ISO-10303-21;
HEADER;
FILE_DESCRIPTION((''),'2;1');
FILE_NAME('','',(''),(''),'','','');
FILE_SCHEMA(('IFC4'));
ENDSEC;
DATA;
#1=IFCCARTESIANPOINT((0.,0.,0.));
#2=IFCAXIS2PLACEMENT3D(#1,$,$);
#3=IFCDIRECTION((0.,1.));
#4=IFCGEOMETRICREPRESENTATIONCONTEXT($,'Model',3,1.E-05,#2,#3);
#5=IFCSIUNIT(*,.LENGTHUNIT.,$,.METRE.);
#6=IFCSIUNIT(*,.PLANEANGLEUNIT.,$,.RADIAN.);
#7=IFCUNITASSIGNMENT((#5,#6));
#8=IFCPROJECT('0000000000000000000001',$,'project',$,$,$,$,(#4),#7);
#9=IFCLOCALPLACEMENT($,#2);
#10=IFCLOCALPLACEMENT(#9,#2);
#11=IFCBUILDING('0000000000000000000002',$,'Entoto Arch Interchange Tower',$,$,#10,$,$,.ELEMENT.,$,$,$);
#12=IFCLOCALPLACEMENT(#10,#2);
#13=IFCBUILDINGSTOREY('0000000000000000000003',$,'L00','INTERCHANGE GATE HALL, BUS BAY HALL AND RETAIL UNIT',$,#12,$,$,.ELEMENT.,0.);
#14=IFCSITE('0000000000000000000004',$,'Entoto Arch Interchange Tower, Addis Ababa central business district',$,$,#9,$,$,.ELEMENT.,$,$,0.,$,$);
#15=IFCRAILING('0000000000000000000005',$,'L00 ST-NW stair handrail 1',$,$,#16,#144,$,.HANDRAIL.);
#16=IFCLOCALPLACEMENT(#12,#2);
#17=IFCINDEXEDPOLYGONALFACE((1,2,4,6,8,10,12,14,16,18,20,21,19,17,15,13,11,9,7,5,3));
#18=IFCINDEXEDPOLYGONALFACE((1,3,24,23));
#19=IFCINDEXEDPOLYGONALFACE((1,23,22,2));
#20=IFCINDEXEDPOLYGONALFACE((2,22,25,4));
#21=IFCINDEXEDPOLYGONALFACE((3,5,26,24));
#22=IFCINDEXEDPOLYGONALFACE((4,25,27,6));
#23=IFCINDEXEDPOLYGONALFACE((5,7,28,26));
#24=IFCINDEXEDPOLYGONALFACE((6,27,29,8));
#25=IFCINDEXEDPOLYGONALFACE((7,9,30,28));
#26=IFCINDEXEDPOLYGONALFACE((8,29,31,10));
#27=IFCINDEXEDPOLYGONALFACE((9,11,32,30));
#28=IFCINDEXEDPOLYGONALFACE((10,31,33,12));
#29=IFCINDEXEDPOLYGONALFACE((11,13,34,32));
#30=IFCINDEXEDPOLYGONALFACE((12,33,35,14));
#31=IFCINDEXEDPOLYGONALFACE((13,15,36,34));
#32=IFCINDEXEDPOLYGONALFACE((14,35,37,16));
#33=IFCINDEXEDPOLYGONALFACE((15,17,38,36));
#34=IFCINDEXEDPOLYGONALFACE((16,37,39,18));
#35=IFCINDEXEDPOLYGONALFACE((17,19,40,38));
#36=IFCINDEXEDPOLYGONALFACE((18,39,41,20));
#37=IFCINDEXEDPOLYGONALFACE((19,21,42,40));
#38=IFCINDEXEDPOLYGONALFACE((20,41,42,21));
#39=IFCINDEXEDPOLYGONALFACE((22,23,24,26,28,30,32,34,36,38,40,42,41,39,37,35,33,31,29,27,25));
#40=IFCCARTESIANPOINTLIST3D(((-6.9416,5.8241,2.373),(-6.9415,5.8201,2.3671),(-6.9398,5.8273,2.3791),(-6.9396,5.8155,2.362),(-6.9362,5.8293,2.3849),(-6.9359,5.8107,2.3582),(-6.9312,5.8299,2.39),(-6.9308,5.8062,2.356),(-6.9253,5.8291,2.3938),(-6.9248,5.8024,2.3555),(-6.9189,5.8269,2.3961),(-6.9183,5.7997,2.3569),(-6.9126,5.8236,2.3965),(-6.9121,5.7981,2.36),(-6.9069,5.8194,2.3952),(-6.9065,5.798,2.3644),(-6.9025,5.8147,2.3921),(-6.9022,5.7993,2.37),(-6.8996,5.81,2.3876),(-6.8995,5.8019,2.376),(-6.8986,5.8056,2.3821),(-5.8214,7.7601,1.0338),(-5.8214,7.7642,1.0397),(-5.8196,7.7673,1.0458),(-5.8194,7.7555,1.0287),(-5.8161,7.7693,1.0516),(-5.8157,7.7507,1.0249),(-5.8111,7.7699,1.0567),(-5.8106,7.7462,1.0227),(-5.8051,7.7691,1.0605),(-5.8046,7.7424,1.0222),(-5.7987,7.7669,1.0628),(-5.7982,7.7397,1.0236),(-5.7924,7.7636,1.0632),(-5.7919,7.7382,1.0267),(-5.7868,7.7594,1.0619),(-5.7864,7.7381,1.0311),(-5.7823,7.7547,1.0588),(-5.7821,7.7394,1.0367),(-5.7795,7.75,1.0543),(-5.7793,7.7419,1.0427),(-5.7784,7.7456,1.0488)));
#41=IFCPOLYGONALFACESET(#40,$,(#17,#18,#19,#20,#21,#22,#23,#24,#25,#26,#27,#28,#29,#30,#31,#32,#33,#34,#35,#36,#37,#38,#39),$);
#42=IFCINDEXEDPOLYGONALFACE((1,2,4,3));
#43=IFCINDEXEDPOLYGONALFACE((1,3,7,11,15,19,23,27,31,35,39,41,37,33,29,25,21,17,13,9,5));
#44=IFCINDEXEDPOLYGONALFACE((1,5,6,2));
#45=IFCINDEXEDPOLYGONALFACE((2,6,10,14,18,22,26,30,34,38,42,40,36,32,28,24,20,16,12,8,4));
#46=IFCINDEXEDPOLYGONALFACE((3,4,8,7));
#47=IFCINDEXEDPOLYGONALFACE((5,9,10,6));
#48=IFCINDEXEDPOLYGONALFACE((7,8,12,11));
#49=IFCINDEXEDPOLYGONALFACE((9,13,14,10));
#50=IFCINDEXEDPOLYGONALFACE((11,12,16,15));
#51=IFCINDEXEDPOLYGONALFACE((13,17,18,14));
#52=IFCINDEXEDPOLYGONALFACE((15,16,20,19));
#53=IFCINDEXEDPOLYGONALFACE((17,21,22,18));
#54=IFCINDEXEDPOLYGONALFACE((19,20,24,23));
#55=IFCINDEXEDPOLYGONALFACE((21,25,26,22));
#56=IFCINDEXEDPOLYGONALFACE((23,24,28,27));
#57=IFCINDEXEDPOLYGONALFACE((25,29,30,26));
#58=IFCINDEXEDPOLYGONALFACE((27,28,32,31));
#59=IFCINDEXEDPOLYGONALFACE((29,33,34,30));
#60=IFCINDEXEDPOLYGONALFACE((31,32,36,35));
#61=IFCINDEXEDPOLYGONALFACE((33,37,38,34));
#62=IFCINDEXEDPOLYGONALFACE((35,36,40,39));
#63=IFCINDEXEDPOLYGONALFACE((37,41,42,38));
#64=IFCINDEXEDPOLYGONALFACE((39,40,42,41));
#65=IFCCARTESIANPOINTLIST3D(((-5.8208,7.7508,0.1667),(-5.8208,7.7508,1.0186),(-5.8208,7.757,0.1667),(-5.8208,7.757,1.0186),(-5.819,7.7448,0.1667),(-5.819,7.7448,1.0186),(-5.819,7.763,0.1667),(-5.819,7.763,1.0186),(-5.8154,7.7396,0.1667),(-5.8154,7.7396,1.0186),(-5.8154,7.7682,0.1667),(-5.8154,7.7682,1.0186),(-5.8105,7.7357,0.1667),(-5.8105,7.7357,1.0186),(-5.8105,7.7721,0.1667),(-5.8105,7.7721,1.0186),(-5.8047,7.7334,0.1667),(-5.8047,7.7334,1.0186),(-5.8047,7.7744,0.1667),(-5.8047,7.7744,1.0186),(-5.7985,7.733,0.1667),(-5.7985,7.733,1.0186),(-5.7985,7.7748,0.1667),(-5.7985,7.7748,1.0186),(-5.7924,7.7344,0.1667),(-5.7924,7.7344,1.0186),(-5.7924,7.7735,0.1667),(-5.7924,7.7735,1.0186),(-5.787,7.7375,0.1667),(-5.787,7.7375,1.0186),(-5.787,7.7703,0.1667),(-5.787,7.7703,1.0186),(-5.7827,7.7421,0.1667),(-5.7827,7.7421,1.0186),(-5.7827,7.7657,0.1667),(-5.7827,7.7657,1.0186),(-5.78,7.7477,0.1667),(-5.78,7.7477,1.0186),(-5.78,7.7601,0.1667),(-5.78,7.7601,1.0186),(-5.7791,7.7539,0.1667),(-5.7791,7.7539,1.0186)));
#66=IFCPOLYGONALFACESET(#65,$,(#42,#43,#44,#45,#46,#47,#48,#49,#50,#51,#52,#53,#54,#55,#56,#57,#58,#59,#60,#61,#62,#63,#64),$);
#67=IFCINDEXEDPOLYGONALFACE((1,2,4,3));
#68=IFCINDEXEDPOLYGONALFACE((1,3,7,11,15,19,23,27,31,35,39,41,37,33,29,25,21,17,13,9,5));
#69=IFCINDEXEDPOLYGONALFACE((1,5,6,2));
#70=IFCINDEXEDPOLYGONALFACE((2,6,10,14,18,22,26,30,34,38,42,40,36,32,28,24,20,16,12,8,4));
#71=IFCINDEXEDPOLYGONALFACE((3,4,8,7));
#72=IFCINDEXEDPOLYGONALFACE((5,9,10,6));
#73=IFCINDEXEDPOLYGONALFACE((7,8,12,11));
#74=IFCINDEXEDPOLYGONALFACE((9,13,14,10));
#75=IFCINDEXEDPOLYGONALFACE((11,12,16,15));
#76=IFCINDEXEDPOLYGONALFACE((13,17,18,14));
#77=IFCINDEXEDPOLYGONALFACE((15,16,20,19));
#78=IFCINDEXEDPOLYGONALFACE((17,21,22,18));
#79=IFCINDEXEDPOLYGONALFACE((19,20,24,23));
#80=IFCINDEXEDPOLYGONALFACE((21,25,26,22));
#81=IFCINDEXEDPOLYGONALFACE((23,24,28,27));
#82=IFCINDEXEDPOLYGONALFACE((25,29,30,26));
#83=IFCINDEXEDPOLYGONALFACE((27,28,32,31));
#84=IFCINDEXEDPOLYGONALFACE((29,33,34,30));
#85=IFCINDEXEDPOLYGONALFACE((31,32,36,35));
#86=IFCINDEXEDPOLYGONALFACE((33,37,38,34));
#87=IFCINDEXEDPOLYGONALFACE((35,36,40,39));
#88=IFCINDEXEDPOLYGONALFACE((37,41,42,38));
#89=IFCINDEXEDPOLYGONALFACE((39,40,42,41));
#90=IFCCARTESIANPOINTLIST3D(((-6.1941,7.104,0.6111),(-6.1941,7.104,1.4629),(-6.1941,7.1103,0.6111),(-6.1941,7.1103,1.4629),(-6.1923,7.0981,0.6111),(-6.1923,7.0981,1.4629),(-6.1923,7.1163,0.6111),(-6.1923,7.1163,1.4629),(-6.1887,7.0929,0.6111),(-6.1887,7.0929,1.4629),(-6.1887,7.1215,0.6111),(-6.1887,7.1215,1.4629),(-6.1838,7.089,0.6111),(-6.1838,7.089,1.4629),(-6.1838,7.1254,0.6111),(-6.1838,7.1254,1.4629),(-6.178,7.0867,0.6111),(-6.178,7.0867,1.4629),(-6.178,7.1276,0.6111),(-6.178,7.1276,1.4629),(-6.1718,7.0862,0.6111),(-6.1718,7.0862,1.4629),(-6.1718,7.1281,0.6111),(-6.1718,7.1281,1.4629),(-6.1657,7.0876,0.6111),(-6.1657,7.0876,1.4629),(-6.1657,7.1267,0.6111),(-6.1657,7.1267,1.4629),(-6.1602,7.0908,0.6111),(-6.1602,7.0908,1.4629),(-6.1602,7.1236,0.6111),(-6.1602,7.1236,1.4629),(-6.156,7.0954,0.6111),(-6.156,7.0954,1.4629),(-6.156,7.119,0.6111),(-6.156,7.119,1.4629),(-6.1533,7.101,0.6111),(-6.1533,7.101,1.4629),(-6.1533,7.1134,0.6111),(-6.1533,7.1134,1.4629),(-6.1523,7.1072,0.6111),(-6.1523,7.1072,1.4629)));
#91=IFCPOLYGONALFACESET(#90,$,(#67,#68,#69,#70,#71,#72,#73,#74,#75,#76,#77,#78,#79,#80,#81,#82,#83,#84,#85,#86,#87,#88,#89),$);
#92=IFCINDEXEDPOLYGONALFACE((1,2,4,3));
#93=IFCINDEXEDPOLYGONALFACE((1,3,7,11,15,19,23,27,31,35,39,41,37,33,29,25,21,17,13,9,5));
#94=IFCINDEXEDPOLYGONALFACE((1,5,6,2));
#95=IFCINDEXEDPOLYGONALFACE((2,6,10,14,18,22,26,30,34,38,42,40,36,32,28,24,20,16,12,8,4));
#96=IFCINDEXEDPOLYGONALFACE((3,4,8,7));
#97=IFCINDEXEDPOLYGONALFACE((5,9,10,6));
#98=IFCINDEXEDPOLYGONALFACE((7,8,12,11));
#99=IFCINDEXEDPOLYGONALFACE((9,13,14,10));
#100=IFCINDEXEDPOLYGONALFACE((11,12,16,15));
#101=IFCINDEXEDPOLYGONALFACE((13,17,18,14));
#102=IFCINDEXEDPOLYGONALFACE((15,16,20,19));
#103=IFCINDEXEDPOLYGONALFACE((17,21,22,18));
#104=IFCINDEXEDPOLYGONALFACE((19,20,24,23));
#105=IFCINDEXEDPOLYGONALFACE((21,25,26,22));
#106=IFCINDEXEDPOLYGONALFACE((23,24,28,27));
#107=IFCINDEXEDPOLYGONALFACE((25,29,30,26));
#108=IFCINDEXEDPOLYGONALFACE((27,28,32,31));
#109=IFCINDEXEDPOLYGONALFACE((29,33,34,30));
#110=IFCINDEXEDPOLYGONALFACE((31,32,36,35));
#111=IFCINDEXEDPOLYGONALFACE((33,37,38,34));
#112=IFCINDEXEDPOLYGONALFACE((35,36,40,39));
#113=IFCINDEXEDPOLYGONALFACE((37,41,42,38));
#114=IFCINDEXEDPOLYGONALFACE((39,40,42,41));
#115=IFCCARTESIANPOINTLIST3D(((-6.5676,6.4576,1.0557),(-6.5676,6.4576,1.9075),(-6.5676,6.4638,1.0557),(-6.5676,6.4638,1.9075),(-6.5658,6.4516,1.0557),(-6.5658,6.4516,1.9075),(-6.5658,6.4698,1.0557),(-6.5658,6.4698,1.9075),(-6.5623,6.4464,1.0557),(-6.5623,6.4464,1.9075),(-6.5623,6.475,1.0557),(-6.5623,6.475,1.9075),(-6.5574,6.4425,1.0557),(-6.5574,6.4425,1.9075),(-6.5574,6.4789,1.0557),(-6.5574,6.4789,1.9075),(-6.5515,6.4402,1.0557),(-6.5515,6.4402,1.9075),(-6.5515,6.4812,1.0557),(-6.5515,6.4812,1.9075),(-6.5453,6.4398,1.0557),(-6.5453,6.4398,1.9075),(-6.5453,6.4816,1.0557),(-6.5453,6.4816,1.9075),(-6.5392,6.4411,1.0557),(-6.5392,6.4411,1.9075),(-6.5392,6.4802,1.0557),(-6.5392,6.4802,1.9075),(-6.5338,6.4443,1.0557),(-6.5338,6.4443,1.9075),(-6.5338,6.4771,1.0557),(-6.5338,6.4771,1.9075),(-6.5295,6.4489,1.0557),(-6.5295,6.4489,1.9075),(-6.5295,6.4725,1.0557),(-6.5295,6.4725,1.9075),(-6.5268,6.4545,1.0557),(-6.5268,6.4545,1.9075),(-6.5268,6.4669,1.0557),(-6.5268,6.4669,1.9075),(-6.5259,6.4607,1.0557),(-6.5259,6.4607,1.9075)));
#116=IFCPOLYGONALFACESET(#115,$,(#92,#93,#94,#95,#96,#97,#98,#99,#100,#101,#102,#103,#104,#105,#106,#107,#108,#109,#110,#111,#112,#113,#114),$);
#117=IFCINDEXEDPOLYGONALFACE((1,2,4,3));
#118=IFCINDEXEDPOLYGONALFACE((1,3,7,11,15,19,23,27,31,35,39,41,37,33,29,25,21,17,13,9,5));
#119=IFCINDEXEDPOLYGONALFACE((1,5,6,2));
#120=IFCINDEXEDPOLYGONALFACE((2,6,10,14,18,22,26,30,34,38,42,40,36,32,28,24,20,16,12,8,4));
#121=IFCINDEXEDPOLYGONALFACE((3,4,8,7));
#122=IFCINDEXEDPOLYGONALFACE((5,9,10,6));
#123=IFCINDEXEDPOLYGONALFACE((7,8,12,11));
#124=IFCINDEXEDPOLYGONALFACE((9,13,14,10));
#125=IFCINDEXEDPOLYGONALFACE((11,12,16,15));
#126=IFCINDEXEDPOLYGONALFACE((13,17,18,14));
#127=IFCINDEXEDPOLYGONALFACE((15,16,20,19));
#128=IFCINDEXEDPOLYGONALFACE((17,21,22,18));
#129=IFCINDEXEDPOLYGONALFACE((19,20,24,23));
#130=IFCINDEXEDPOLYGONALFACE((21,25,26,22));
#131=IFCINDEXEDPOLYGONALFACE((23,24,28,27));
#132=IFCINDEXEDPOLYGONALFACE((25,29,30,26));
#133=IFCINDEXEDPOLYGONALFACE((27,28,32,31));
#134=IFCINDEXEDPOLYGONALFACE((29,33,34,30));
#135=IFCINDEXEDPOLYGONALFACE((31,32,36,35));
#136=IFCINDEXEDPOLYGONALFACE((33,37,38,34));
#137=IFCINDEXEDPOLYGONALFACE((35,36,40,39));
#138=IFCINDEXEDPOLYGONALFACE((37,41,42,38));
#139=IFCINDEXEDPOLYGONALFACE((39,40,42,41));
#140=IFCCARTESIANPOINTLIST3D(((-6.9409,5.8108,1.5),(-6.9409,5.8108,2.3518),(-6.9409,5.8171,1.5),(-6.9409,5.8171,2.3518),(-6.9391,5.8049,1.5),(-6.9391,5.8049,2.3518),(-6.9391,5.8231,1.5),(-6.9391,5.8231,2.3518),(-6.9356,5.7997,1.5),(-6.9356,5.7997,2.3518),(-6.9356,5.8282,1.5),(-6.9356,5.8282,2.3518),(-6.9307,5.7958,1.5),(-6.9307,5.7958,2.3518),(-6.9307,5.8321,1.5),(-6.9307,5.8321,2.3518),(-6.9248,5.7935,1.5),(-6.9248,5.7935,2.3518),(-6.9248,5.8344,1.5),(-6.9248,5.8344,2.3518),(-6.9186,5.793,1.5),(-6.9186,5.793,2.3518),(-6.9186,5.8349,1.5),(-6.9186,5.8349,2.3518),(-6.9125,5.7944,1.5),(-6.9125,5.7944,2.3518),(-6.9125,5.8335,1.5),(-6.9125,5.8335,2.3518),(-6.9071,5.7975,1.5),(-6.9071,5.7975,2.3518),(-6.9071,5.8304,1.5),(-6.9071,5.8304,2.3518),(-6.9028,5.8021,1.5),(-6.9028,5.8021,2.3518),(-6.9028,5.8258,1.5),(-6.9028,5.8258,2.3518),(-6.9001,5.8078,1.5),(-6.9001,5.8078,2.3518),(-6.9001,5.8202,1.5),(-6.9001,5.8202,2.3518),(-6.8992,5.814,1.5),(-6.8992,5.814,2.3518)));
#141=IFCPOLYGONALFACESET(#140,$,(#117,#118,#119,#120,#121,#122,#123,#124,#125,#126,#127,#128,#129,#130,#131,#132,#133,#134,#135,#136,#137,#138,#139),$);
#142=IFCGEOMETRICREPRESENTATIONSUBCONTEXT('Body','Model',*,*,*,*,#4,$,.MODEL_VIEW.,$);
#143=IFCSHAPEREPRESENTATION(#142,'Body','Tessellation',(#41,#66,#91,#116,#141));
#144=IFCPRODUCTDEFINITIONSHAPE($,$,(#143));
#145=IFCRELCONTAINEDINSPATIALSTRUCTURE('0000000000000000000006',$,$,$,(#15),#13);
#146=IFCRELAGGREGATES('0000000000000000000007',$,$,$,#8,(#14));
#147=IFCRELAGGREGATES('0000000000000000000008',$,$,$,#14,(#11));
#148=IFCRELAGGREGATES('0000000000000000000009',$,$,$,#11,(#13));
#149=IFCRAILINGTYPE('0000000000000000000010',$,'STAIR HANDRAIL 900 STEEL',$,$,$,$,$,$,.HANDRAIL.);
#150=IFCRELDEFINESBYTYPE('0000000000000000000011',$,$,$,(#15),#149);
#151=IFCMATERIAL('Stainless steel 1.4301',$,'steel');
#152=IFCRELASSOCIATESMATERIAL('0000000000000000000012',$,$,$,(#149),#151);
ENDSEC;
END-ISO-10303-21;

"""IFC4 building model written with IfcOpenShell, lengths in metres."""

from ifc_helpers import new_model, si_unit, direction, frame, origin, origin_2d, place, context, subcontext, project, spatial, circle, extrude, material, type_object, element, save


model = new_model("IFC4")

# Units and contexts
model_context = context("Model", 3, precision=1e-05, world=origin(), true_north=direction((0.0, 1.0)))
body_context = subcontext(model_context, "Body", "Model", "MODEL_VIEW")
ifc_project = project(units=[si_unit("LENGTHUNIT", "METRE"), si_unit("PLANEANGLEUNIT", "RADIAN")], contexts=[model_context])

# Site, building, storey
site_placement = place(None, origin())
site = spatial("IfcSite", under=ifc_project, at=site_placement, Name="Entoto Arch Interchange Tower, Addis Ababa central business district", CompositionType="ELEMENT", RefElevation=0.0)
building_placement = place(site_placement, origin())
building = spatial("IfcBuilding", under=site, at=building_placement, Name="Entoto Arch Interchange Tower", CompositionType="ELEMENT")
storey_placement = place(building_placement, origin())
storey = spatial("IfcBuildingStorey", under=building, at=storey_placement, Name="L00", Description="INTERCHANGE GATE HALL, BUS BAY HALL AND RETAIL UNIT", CompositionType="ELEMENT", Elevation=0.0)

# Railing
ifc_material_1 = material(Name="Stainless steel 1.4301", Category="steel")
railing_type_1 = type_object("IfcRailingType", Name="STAIR HANDRAIL 900 STEEL", PredefinedType="HANDRAIL", material=ifc_material_1)
railing_1_placement = place(storey_placement, frame((-5.8, 7.7539, 0.1667)))
element("IfcRailing", 1, at=railing_1_placement, inside=storey, type_object=railing_type_1, Name="L00 ST-NW stair handrail 1", PredefinedType="HANDRAIL", context=body_context, shape_type="SweptSolid", body=[
    extrude(circle(Radius=0.0239, at=origin_2d()), frame((0.0, 0.0, 0.876), z_axis=(-0.429684, -0.744175, 0.511444), x_axis=(0.866008, -0.500031, 0.0)), (0.0, 0.0, 1.0), 2.6069),
    extrude(circle(Radius=0.021, at=origin_2d()), origin(), (0.0, 0.0, 1.0), 0.8518),
    extrude(circle(Radius=0.021, at=origin_2d()), frame((-0.3733, -0.6467, 0.4443)), (0.0, 0.0, 1.0), 0.8518),
    extrude(circle(Radius=0.021, at=origin_2d()), frame((-0.7468, -1.2932, 0.8889)), (0.0, 0.0, 1.0), 0.8518),
    extrude(circle(Radius=0.021, at=origin_2d()), frame((-1.1201, -1.9399, 1.3333)), (0.0, 0.0, 1.0), 0.8518),
])

save(model, "model.ifc")
